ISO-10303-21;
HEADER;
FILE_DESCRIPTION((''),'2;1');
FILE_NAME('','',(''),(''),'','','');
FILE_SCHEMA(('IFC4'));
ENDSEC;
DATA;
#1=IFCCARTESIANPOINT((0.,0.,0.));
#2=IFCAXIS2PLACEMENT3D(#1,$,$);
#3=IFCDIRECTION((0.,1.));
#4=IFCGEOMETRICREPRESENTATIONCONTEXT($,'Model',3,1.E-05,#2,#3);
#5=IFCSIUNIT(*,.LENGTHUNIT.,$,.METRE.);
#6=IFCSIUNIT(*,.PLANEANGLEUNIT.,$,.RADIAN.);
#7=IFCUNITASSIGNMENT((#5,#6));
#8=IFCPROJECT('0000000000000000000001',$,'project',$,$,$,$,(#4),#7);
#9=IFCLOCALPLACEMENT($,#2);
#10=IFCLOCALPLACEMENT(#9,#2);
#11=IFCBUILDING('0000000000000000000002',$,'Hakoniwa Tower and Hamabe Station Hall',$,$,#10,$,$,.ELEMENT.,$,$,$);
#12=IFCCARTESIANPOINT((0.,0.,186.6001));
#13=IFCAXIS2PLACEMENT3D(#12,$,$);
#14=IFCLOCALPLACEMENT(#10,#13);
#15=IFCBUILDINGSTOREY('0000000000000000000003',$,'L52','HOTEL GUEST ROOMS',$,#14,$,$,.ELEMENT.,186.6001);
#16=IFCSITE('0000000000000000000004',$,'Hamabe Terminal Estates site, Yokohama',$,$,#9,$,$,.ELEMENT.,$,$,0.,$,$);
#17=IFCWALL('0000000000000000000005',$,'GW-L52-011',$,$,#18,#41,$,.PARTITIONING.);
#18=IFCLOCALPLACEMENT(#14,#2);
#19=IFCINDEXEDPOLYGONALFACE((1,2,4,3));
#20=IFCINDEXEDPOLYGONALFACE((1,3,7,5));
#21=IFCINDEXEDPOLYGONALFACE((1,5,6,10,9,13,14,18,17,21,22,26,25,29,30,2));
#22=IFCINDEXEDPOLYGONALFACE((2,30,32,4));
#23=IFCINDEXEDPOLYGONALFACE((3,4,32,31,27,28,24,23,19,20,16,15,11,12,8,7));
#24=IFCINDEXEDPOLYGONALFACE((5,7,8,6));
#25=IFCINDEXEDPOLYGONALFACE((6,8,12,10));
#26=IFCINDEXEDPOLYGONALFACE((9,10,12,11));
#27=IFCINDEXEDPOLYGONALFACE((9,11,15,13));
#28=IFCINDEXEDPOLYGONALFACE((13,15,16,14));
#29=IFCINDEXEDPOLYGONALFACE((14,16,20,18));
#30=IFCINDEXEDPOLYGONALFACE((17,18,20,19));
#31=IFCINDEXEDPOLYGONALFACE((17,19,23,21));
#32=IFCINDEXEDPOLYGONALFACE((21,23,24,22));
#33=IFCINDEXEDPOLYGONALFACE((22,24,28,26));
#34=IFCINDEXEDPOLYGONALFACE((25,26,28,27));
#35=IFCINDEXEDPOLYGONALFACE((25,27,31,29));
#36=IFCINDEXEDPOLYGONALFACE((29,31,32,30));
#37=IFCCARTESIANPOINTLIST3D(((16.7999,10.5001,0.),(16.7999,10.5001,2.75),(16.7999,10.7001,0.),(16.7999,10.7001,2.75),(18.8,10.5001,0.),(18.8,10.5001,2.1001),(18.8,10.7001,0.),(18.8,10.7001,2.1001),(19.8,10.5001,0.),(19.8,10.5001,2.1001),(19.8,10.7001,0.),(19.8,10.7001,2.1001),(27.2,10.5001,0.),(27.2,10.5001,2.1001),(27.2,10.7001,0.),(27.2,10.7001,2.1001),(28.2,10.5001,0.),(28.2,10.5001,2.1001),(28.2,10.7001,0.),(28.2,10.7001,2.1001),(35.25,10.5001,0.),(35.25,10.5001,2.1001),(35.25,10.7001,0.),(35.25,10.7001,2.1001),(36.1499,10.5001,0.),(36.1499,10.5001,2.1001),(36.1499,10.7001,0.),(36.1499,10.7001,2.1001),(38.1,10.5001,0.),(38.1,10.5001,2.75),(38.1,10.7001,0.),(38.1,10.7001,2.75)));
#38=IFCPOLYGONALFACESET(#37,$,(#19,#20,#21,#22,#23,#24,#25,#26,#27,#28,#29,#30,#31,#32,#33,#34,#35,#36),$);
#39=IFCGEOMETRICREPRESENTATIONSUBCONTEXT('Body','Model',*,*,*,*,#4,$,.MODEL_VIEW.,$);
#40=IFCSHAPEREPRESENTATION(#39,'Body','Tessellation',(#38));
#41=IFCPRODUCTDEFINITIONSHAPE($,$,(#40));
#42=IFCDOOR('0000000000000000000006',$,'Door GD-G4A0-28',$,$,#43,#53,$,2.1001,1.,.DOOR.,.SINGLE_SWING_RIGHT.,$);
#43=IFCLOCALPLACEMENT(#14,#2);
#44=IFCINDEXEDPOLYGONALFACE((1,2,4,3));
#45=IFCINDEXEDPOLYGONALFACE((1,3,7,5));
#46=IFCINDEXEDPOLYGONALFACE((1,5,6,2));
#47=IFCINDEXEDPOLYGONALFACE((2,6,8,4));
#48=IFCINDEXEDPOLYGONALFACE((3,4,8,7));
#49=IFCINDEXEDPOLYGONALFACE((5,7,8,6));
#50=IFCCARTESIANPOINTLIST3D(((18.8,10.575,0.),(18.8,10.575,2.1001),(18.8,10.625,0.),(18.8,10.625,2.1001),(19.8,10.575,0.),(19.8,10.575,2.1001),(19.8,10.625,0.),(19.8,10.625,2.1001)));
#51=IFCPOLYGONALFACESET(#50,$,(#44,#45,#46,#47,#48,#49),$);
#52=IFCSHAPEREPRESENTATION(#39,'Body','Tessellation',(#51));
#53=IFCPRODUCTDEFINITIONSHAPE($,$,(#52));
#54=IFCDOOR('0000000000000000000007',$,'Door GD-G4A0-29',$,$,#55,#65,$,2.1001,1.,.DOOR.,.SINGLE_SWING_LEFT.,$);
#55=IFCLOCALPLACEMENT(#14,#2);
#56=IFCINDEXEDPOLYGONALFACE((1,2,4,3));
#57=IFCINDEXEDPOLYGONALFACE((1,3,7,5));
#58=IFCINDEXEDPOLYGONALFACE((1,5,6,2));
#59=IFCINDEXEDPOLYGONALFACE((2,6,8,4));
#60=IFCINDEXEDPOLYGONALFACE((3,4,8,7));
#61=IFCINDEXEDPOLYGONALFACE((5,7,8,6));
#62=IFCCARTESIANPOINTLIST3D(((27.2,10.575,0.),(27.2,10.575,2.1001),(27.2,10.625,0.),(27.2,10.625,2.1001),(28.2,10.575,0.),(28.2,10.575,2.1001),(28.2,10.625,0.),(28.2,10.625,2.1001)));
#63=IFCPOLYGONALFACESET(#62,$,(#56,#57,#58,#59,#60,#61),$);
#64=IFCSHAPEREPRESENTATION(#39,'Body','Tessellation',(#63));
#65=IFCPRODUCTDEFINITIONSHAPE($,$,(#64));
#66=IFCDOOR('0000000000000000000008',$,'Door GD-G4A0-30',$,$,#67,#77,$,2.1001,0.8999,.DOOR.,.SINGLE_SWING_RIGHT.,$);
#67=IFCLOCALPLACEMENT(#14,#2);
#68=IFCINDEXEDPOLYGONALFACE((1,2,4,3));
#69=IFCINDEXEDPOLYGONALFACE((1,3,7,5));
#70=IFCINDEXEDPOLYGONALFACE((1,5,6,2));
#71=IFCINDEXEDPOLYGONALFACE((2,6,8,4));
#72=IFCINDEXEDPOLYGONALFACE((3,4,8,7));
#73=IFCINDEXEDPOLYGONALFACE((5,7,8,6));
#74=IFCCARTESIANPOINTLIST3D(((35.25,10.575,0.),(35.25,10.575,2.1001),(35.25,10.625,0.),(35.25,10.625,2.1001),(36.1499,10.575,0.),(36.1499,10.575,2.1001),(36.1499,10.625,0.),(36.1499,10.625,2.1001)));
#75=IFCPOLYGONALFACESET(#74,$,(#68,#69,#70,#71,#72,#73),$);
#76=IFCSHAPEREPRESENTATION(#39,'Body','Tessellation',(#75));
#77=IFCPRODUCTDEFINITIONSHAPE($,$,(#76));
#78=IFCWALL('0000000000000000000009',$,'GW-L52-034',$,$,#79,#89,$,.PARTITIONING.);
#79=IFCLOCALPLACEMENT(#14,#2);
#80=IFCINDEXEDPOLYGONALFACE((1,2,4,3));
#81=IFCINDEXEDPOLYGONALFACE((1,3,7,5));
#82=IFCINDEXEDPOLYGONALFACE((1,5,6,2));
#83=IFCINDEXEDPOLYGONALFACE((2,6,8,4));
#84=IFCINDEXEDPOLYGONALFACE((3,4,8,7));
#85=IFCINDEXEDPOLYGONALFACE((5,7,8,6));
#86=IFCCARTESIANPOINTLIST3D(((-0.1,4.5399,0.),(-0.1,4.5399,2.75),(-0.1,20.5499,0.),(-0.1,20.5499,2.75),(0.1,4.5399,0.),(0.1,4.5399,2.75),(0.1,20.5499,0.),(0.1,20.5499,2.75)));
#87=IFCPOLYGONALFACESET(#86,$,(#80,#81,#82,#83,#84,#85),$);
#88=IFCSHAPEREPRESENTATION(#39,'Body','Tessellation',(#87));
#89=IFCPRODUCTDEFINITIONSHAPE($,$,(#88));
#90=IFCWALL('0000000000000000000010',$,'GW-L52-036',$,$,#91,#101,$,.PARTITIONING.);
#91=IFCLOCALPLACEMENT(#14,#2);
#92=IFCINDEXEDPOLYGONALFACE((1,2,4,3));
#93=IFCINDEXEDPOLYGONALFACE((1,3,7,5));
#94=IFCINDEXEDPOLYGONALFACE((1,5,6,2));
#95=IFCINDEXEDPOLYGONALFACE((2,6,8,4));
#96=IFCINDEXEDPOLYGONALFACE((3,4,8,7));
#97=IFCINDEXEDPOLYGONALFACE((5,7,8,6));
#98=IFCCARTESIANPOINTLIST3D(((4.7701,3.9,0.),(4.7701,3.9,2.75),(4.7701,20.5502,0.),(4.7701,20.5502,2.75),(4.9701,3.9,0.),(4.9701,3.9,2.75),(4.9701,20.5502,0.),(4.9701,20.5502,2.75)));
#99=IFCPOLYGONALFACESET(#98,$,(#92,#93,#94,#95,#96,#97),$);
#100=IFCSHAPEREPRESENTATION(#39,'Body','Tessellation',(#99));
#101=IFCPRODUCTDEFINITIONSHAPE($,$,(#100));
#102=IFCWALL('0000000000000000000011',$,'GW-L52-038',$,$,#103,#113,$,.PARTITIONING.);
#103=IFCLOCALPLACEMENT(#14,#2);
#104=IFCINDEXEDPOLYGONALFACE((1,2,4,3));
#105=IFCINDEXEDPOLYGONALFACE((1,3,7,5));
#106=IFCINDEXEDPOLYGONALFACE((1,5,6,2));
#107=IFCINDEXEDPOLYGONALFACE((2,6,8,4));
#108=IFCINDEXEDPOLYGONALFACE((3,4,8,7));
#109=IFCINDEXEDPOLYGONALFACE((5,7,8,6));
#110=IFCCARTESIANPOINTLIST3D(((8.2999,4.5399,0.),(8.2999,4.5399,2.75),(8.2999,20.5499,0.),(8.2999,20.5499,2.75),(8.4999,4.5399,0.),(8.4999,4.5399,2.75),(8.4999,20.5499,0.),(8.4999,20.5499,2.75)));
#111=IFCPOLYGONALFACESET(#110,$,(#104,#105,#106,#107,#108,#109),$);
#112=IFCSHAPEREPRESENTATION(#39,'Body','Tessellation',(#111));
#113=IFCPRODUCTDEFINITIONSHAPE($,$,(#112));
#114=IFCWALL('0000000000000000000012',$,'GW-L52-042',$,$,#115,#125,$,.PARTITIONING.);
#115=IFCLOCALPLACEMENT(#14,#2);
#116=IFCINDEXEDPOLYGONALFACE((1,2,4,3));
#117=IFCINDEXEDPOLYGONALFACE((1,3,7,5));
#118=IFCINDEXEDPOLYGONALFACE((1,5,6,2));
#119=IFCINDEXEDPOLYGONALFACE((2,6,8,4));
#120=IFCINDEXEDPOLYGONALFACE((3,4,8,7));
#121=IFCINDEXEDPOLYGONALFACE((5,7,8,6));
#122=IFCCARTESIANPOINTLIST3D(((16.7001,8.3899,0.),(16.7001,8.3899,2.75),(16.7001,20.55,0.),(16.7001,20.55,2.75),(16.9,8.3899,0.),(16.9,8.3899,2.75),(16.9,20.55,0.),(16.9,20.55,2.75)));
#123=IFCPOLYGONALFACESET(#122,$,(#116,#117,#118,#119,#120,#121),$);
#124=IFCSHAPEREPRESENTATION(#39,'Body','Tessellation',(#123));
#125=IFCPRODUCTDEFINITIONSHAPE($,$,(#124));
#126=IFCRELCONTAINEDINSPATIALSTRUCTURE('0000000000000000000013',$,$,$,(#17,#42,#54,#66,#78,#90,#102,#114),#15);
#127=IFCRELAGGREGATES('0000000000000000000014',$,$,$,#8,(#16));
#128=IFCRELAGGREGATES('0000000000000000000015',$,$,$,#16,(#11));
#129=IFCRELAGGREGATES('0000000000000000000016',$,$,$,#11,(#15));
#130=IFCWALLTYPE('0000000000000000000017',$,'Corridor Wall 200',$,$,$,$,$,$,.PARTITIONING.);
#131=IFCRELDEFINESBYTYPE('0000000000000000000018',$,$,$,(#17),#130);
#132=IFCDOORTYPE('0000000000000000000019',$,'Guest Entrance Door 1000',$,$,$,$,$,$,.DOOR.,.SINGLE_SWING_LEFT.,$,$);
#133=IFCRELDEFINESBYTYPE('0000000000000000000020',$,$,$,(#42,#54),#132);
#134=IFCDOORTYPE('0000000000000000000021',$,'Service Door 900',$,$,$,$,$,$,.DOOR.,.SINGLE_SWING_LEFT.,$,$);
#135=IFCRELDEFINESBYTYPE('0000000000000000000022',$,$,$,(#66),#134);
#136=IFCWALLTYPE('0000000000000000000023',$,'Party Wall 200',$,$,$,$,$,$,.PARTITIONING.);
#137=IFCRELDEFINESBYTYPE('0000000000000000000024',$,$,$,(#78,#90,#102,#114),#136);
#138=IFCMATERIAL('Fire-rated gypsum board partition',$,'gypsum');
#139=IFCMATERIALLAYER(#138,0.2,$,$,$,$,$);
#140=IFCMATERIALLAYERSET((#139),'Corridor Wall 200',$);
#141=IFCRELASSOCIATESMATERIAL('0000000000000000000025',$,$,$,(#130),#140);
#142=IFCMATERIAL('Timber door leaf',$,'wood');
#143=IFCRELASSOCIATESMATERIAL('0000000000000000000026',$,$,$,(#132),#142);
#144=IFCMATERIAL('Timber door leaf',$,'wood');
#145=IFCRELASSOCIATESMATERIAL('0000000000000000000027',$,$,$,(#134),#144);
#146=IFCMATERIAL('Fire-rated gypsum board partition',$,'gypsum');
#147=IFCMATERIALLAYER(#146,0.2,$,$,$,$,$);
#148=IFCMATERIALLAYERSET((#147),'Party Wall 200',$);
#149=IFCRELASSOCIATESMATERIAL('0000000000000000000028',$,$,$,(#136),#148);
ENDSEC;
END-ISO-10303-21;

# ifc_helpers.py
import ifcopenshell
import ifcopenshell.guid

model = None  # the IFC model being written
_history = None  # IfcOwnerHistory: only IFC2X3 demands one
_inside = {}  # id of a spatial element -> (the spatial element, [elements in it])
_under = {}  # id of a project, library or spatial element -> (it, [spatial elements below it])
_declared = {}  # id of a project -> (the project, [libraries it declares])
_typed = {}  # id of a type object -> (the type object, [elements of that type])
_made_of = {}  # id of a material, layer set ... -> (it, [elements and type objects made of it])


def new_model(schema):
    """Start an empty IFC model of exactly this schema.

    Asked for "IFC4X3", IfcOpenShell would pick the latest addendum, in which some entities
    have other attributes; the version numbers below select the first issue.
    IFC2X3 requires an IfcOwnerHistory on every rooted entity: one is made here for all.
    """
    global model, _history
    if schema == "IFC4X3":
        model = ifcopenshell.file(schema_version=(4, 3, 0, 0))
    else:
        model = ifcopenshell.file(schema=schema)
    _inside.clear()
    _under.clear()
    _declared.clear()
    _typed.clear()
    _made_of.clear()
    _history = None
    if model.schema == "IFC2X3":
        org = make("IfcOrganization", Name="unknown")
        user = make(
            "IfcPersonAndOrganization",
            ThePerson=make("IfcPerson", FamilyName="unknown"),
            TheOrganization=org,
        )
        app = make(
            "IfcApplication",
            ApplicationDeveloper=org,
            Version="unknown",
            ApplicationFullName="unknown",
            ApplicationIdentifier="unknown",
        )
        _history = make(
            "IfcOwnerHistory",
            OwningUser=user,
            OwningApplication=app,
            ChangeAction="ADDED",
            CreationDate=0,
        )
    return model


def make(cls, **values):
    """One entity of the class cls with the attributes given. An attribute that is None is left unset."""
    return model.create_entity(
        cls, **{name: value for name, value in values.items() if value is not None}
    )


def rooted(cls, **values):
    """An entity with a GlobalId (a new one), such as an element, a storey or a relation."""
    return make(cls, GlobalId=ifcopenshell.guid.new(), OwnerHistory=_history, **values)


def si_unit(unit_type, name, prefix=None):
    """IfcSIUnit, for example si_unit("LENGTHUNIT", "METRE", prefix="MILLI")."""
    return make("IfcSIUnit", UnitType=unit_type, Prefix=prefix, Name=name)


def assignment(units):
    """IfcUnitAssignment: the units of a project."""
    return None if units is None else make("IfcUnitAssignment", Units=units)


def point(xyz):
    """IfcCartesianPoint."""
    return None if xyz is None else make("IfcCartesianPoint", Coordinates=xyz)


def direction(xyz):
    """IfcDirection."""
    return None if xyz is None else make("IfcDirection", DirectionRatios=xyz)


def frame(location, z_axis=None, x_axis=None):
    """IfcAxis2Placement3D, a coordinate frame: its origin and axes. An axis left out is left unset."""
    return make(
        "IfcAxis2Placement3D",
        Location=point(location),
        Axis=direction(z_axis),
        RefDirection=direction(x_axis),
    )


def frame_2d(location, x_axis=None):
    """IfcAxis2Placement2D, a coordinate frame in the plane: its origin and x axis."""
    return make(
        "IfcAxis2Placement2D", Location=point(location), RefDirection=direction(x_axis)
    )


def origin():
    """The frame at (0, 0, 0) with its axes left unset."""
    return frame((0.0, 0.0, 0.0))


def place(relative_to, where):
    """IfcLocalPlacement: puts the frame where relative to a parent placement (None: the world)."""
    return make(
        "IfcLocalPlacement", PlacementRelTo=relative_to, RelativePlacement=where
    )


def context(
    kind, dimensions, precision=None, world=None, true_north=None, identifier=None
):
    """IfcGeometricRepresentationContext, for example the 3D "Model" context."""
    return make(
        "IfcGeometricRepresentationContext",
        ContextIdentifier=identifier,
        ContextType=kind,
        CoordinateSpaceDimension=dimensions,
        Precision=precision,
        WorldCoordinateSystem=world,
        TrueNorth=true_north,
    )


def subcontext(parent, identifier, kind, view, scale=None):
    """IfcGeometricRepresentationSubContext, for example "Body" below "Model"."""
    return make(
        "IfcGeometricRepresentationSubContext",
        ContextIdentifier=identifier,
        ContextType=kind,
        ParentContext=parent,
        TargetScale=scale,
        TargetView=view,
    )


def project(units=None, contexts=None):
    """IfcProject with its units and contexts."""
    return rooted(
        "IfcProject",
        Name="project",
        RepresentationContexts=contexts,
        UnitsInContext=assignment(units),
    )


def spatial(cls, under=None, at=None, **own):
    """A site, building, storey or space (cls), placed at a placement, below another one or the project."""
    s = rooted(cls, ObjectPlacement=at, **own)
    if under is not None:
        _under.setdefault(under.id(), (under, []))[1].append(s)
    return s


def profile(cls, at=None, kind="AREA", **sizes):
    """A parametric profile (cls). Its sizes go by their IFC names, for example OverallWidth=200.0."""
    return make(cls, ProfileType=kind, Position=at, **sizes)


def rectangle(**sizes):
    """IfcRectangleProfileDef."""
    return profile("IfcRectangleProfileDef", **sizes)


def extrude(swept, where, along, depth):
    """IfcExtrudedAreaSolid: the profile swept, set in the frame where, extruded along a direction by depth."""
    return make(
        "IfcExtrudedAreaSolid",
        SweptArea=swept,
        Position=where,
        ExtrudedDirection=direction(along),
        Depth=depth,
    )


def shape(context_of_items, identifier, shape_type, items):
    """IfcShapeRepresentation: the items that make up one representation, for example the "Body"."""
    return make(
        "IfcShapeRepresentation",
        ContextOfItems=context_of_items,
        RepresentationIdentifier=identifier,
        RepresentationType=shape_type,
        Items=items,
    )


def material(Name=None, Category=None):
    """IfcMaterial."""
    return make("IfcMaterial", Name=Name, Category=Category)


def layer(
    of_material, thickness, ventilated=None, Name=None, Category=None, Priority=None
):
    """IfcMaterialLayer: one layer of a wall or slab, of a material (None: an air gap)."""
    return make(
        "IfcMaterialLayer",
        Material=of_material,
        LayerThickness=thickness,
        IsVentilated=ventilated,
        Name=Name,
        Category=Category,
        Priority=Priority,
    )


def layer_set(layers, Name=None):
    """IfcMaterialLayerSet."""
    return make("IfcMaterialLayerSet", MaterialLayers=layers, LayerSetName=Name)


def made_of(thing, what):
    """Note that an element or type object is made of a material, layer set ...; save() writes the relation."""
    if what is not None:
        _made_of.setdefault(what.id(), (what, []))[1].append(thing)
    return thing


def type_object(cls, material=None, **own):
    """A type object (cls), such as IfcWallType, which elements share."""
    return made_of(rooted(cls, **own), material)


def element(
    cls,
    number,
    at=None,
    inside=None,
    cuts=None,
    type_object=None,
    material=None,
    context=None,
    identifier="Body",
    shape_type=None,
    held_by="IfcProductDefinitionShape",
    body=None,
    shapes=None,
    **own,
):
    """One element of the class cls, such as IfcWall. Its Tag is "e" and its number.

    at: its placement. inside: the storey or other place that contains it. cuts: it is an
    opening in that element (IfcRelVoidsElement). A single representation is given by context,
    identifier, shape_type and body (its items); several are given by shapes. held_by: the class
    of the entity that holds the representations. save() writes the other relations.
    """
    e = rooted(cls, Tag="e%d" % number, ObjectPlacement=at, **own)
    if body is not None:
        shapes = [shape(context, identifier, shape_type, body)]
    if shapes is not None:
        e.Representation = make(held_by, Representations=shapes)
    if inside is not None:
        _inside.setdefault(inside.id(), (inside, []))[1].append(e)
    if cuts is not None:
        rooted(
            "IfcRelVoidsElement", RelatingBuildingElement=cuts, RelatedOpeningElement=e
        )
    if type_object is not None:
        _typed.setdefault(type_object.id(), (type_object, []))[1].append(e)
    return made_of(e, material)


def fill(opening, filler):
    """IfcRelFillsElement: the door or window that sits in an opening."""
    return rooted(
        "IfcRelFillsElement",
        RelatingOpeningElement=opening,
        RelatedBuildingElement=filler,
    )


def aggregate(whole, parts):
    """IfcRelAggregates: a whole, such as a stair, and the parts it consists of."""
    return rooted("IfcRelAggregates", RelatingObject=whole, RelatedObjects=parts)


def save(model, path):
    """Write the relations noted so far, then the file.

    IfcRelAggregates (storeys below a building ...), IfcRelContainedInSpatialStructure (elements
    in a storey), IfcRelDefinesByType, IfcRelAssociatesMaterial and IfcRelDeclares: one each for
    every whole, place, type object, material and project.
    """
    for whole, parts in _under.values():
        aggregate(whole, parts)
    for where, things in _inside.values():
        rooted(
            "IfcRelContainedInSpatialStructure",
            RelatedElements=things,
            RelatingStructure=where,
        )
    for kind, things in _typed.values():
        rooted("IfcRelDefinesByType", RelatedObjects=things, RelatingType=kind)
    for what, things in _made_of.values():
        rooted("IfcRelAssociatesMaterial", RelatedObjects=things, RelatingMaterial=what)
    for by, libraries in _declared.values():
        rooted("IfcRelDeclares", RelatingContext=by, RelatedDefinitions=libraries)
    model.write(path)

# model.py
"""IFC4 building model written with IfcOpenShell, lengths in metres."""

from ifc_helpers import new_model, si_unit, direction, frame, frame_2d, origin, place, context, subcontext, project, spatial, rectangle, extrude, material, layer, layer_set, type_object, element, fill, save


model = new_model("IFC4")

# Units and contexts
model_context = context("Model", 3, precision=1e-05, world=origin(), true_north=direction((0.0, 1.0)))
body_context = subcontext(model_context, "Body", "Model", "MODEL_VIEW")
ifc_project = project(units=[si_unit("LENGTHUNIT", "METRE"), si_unit("PLANEANGLEUNIT", "RADIAN")], contexts=[model_context])

# Site, building, storey
site_placement = place(None, origin())
site = spatial("IfcSite", under=ifc_project, at=site_placement, Name="Hamabe Terminal Estates site, Yokohama", CompositionType="ELEMENT", RefElevation=0.0)
building_placement = place(site_placement, origin())
building = spatial("IfcBuilding", under=site, at=building_placement, Name="Hakoniwa Tower and Hamabe Station Hall", CompositionType="ELEMENT")
storey_placement = place(building_placement, frame((0.0, 0.0, 186.6001)))
storey = spatial("IfcBuildingStorey", under=building, at=storey_placement, Name="L52", Description="HOTEL GUEST ROOMS", CompositionType="ELEMENT", Elevation=186.6001)

# Wall, openings, doors
ifc_material_1 = material(Name="Fire-rated gypsum board partition", Category="gypsum")
ifc_layer_1 = layer(ifc_material_1, 0.2)
ifc_layer_set_1 = layer_set([ifc_layer_1], Name="Corridor Wall 200")
wall_type_1 = type_object("IfcWallType", Name="Corridor Wall 200", PredefinedType="PARTITIONING", material=ifc_layer_set_1)
wall_1_placement = place(storey_placement, frame((16.8, 10.6001, 0.0), z_axis=(0.0, 0.0, 1.0), x_axis=(1.0, 0.0, 0.0)))
wall_1 = element("IfcWall", 1, at=wall_1_placement, inside=storey, type_object=wall_type_1, Name="GW-L52-011", PredefinedType="PARTITIONING", context=body_context, shape_type="SweptSolid", body=[
    extrude(rectangle(XDim=21.3, YDim=0.2, at=frame_2d((10.6499, 0.0))), origin(), (0.0, 0.0, 1.0), 2.75),
])
opening_1_placement = place(wall_1_placement, frame((2.0, 0.0, 0.0)))
opening_1 = element("IfcOpeningElement", 2, at=opening_1_placement, cuts=wall_1, PredefinedType="OPENING", context=body_context, shape_type="SweptSolid", body=[
    extrude(rectangle(XDim=1.0, YDim=2.1001, at=frame_2d((0.5, 1.05))), frame((0.0, 0.1099, 0.0), z_axis=(0.0, -1.0, 0.0), x_axis=(1.0, 0.0, 0.0)), (0.0, 0.0, 1.0), 0.22),
])
opening_2_placement = place(wall_1_placement, frame((10.3999, 0.0, 0.0)))
opening_2 = element("IfcOpeningElement", 3, at=opening_2_placement, cuts=wall_1, PredefinedType="OPENING", context=body_context, shape_type="SweptSolid", body=[
    extrude(rectangle(XDim=1.0, YDim=2.1001, at=frame_2d((0.5, 1.05))), frame((0.0, 0.1099, 0.0), z_axis=(0.0, -1.0, 0.0), x_axis=(1.0, 0.0, 0.0)), (0.0, 0.0, 1.0), 0.22),
])
opening_3_placement = place(wall_1_placement, frame((18.45, 0.0, 0.0)))
opening_3 = element("IfcOpeningElement", 4, at=opening_3_placement, cuts=wall_1, PredefinedType="OPENING", context=body_context, shape_type="SweptSolid", body=[
    extrude(rectangle(XDim=0.8999, YDim=2.1001, at=frame_2d((0.45, 1.05))), frame((0.0, 0.1099, 0.0), z_axis=(0.0, -1.0, 0.0), x_axis=(1.0, 0.0, 0.0)), (0.0, 0.0, 1.0), 0.22),
])
ifc_material_2 = material(Name="Timber door leaf", Category="wood")
door_type_1 = type_object("IfcDoorType", Name="Guest Entrance Door 1000", OperationType="SINGLE_SWING_LEFT", PredefinedType="DOOR", material=ifc_material_2)
door_1_placement = place(opening_1_placement, origin())
door_1 = element("IfcDoor", 5, at=door_1_placement, inside=storey, type_object=door_type_1, Name="Door GD-G4A0-28", OperationType="SINGLE_SWING_RIGHT", OverallHeight=2.1001, OverallWidth=1.0, PredefinedType="DOOR", context=body_context, shape_type="SweptSolid", body=[
    extrude(rectangle(XDim=1.0, YDim=2.1001, at=frame_2d((0.5, 1.05))), frame((0.0, 0.0249, 0.0), z_axis=(0.0, -1.0, 0.0), x_axis=(1.0, 0.0, 0.0)), (0.0, 0.0, 1.0), 0.05),
])
fill(opening_1, door_1)
door_2_placement = place(opening_2_placement, origin())
door_2 = element("IfcDoor", 6, at=door_2_placement, inside=storey, type_object=door_type_1, Name="Door GD-G4A0-29", OperationType="SINGLE_SWING_LEFT", OverallHeight=2.1001, OverallWidth=1.0, PredefinedType="DOOR", context=body_context, shape_type="SweptSolid", body=[
    extrude(rectangle(XDim=1.0, YDim=2.1001, at=frame_2d((0.5, 1.05))), frame((0.0, 0.0249, 0.0), z_axis=(0.0, -1.0, 0.0), x_axis=(1.0, 0.0, 0.0)), (0.0, 0.0, 1.0), 0.05),
])
fill(opening_2, door_2)
ifc_material_3 = material(Name="Timber door leaf", Category="wood")
door_type_2 = type_object("IfcDoorType", Name="Service Door 900", OperationType="SINGLE_SWING_LEFT", PredefinedType="DOOR", material=ifc_material_3)
door_3_placement = place(opening_3_placement, origin())
door_3 = element("IfcDoor", 7, at=door_3_placement, inside=storey, type_object=door_type_2, Name="Door GD-G4A0-30", OperationType="SINGLE_SWING_RIGHT", OverallHeight=2.1001, OverallWidth=0.8999, PredefinedType="DOOR", context=body_context, shape_type="SweptSolid", body=[
    extrude(rectangle(XDim=0.8999, YDim=2.1001, at=frame_2d((0.45, 1.05))), frame((0.0, 0.0249, 0.0), z_axis=(0.0, -1.0, 0.0), x_axis=(1.0, 0.0, 0.0)), (0.0, 0.0, 1.0), 0.05),
])
fill(opening_3, door_3)

# Walls
ifc_material_4 = material(Name="Fire-rated gypsum board partition", Category="gypsum")
ifc_layer_2 = layer(ifc_material_4, 0.2)
ifc_layer_set_2 = layer_set([ifc_layer_2], Name="Party Wall 200")
wall_type_2 = type_object("IfcWallType", Name="Party Wall 200", PredefinedType="PARTITIONING", material=ifc_layer_set_2)
wall_2_placement = place(storey_placement, frame((0.0, 4.54, 0.0), z_axis=(0.0, 0.0, 1.0), x_axis=(0.0, 1.0, 0.0)))
element("IfcWall", 8, at=wall_2_placement, inside=storey, type_object=wall_type_2, Name="GW-L52-034", PredefinedType="PARTITIONING", context=body_context, shape_type="SweptSolid", body=[
    extrude(rectangle(XDim=16.01, YDim=0.2, at=frame_2d((8.0049, 0.0))), origin(), (0.0, 0.0, 1.0), 2.75),
])
wall_3_placement = place(storey_placement, frame((4.8701, 3.8999, 0.0), z_axis=(0.0, 0.0, 1.0), x_axis=(0.0, 1.0, 0.0)))
element("IfcWall", 9, at=wall_3_placement, inside=storey, type_object=wall_type_2, Name="GW-L52-036", PredefinedType="PARTITIONING", context=body_context, shape_type="SweptSolid", body=[
    extrude(rectangle(XDim=16.6501, YDim=0.2, at=frame_2d((8.3252, 0.0))), origin(), (0.0, 0.0, 1.0), 2.75),
])
wall_4_placement = place(storey_placement, frame((8.3999, 4.54, 0.0), z_axis=(0.0, 0.0, 1.0), x_axis=(0.0, 1.0, 0.0)))
element("IfcWall", 10, at=wall_4_placement, inside=storey, type_object=wall_type_2, Name="GW-L52-038", PredefinedType="PARTITIONING", context=body_context, shape_type="SweptSolid", body=[
    extrude(rectangle(XDim=16.01, YDim=0.2, at=frame_2d((8.0049, 0.0))), origin(), (0.0, 0.0, 1.0), 2.75),
])
wall_5_placement = place(storey_placement, frame((16.8, 8.3899, 0.0), z_axis=(0.0, 0.0, 1.0), x_axis=(0.0, 1.0, 0.0)))
element("IfcWall", 11, at=wall_5_placement, inside=storey, type_object=wall_type_2, Name="GW-L52-042", PredefinedType="PARTITIONING", context=body_context, shape_type="SweptSolid", body=[
    extrude(rectangle(XDim=12.1602, YDim=0.2, at=frame_2d((6.0801, 0.0))), origin(), (0.0, 0.0, 1.0), 2.75),
])

save(model, "model.ifc")
